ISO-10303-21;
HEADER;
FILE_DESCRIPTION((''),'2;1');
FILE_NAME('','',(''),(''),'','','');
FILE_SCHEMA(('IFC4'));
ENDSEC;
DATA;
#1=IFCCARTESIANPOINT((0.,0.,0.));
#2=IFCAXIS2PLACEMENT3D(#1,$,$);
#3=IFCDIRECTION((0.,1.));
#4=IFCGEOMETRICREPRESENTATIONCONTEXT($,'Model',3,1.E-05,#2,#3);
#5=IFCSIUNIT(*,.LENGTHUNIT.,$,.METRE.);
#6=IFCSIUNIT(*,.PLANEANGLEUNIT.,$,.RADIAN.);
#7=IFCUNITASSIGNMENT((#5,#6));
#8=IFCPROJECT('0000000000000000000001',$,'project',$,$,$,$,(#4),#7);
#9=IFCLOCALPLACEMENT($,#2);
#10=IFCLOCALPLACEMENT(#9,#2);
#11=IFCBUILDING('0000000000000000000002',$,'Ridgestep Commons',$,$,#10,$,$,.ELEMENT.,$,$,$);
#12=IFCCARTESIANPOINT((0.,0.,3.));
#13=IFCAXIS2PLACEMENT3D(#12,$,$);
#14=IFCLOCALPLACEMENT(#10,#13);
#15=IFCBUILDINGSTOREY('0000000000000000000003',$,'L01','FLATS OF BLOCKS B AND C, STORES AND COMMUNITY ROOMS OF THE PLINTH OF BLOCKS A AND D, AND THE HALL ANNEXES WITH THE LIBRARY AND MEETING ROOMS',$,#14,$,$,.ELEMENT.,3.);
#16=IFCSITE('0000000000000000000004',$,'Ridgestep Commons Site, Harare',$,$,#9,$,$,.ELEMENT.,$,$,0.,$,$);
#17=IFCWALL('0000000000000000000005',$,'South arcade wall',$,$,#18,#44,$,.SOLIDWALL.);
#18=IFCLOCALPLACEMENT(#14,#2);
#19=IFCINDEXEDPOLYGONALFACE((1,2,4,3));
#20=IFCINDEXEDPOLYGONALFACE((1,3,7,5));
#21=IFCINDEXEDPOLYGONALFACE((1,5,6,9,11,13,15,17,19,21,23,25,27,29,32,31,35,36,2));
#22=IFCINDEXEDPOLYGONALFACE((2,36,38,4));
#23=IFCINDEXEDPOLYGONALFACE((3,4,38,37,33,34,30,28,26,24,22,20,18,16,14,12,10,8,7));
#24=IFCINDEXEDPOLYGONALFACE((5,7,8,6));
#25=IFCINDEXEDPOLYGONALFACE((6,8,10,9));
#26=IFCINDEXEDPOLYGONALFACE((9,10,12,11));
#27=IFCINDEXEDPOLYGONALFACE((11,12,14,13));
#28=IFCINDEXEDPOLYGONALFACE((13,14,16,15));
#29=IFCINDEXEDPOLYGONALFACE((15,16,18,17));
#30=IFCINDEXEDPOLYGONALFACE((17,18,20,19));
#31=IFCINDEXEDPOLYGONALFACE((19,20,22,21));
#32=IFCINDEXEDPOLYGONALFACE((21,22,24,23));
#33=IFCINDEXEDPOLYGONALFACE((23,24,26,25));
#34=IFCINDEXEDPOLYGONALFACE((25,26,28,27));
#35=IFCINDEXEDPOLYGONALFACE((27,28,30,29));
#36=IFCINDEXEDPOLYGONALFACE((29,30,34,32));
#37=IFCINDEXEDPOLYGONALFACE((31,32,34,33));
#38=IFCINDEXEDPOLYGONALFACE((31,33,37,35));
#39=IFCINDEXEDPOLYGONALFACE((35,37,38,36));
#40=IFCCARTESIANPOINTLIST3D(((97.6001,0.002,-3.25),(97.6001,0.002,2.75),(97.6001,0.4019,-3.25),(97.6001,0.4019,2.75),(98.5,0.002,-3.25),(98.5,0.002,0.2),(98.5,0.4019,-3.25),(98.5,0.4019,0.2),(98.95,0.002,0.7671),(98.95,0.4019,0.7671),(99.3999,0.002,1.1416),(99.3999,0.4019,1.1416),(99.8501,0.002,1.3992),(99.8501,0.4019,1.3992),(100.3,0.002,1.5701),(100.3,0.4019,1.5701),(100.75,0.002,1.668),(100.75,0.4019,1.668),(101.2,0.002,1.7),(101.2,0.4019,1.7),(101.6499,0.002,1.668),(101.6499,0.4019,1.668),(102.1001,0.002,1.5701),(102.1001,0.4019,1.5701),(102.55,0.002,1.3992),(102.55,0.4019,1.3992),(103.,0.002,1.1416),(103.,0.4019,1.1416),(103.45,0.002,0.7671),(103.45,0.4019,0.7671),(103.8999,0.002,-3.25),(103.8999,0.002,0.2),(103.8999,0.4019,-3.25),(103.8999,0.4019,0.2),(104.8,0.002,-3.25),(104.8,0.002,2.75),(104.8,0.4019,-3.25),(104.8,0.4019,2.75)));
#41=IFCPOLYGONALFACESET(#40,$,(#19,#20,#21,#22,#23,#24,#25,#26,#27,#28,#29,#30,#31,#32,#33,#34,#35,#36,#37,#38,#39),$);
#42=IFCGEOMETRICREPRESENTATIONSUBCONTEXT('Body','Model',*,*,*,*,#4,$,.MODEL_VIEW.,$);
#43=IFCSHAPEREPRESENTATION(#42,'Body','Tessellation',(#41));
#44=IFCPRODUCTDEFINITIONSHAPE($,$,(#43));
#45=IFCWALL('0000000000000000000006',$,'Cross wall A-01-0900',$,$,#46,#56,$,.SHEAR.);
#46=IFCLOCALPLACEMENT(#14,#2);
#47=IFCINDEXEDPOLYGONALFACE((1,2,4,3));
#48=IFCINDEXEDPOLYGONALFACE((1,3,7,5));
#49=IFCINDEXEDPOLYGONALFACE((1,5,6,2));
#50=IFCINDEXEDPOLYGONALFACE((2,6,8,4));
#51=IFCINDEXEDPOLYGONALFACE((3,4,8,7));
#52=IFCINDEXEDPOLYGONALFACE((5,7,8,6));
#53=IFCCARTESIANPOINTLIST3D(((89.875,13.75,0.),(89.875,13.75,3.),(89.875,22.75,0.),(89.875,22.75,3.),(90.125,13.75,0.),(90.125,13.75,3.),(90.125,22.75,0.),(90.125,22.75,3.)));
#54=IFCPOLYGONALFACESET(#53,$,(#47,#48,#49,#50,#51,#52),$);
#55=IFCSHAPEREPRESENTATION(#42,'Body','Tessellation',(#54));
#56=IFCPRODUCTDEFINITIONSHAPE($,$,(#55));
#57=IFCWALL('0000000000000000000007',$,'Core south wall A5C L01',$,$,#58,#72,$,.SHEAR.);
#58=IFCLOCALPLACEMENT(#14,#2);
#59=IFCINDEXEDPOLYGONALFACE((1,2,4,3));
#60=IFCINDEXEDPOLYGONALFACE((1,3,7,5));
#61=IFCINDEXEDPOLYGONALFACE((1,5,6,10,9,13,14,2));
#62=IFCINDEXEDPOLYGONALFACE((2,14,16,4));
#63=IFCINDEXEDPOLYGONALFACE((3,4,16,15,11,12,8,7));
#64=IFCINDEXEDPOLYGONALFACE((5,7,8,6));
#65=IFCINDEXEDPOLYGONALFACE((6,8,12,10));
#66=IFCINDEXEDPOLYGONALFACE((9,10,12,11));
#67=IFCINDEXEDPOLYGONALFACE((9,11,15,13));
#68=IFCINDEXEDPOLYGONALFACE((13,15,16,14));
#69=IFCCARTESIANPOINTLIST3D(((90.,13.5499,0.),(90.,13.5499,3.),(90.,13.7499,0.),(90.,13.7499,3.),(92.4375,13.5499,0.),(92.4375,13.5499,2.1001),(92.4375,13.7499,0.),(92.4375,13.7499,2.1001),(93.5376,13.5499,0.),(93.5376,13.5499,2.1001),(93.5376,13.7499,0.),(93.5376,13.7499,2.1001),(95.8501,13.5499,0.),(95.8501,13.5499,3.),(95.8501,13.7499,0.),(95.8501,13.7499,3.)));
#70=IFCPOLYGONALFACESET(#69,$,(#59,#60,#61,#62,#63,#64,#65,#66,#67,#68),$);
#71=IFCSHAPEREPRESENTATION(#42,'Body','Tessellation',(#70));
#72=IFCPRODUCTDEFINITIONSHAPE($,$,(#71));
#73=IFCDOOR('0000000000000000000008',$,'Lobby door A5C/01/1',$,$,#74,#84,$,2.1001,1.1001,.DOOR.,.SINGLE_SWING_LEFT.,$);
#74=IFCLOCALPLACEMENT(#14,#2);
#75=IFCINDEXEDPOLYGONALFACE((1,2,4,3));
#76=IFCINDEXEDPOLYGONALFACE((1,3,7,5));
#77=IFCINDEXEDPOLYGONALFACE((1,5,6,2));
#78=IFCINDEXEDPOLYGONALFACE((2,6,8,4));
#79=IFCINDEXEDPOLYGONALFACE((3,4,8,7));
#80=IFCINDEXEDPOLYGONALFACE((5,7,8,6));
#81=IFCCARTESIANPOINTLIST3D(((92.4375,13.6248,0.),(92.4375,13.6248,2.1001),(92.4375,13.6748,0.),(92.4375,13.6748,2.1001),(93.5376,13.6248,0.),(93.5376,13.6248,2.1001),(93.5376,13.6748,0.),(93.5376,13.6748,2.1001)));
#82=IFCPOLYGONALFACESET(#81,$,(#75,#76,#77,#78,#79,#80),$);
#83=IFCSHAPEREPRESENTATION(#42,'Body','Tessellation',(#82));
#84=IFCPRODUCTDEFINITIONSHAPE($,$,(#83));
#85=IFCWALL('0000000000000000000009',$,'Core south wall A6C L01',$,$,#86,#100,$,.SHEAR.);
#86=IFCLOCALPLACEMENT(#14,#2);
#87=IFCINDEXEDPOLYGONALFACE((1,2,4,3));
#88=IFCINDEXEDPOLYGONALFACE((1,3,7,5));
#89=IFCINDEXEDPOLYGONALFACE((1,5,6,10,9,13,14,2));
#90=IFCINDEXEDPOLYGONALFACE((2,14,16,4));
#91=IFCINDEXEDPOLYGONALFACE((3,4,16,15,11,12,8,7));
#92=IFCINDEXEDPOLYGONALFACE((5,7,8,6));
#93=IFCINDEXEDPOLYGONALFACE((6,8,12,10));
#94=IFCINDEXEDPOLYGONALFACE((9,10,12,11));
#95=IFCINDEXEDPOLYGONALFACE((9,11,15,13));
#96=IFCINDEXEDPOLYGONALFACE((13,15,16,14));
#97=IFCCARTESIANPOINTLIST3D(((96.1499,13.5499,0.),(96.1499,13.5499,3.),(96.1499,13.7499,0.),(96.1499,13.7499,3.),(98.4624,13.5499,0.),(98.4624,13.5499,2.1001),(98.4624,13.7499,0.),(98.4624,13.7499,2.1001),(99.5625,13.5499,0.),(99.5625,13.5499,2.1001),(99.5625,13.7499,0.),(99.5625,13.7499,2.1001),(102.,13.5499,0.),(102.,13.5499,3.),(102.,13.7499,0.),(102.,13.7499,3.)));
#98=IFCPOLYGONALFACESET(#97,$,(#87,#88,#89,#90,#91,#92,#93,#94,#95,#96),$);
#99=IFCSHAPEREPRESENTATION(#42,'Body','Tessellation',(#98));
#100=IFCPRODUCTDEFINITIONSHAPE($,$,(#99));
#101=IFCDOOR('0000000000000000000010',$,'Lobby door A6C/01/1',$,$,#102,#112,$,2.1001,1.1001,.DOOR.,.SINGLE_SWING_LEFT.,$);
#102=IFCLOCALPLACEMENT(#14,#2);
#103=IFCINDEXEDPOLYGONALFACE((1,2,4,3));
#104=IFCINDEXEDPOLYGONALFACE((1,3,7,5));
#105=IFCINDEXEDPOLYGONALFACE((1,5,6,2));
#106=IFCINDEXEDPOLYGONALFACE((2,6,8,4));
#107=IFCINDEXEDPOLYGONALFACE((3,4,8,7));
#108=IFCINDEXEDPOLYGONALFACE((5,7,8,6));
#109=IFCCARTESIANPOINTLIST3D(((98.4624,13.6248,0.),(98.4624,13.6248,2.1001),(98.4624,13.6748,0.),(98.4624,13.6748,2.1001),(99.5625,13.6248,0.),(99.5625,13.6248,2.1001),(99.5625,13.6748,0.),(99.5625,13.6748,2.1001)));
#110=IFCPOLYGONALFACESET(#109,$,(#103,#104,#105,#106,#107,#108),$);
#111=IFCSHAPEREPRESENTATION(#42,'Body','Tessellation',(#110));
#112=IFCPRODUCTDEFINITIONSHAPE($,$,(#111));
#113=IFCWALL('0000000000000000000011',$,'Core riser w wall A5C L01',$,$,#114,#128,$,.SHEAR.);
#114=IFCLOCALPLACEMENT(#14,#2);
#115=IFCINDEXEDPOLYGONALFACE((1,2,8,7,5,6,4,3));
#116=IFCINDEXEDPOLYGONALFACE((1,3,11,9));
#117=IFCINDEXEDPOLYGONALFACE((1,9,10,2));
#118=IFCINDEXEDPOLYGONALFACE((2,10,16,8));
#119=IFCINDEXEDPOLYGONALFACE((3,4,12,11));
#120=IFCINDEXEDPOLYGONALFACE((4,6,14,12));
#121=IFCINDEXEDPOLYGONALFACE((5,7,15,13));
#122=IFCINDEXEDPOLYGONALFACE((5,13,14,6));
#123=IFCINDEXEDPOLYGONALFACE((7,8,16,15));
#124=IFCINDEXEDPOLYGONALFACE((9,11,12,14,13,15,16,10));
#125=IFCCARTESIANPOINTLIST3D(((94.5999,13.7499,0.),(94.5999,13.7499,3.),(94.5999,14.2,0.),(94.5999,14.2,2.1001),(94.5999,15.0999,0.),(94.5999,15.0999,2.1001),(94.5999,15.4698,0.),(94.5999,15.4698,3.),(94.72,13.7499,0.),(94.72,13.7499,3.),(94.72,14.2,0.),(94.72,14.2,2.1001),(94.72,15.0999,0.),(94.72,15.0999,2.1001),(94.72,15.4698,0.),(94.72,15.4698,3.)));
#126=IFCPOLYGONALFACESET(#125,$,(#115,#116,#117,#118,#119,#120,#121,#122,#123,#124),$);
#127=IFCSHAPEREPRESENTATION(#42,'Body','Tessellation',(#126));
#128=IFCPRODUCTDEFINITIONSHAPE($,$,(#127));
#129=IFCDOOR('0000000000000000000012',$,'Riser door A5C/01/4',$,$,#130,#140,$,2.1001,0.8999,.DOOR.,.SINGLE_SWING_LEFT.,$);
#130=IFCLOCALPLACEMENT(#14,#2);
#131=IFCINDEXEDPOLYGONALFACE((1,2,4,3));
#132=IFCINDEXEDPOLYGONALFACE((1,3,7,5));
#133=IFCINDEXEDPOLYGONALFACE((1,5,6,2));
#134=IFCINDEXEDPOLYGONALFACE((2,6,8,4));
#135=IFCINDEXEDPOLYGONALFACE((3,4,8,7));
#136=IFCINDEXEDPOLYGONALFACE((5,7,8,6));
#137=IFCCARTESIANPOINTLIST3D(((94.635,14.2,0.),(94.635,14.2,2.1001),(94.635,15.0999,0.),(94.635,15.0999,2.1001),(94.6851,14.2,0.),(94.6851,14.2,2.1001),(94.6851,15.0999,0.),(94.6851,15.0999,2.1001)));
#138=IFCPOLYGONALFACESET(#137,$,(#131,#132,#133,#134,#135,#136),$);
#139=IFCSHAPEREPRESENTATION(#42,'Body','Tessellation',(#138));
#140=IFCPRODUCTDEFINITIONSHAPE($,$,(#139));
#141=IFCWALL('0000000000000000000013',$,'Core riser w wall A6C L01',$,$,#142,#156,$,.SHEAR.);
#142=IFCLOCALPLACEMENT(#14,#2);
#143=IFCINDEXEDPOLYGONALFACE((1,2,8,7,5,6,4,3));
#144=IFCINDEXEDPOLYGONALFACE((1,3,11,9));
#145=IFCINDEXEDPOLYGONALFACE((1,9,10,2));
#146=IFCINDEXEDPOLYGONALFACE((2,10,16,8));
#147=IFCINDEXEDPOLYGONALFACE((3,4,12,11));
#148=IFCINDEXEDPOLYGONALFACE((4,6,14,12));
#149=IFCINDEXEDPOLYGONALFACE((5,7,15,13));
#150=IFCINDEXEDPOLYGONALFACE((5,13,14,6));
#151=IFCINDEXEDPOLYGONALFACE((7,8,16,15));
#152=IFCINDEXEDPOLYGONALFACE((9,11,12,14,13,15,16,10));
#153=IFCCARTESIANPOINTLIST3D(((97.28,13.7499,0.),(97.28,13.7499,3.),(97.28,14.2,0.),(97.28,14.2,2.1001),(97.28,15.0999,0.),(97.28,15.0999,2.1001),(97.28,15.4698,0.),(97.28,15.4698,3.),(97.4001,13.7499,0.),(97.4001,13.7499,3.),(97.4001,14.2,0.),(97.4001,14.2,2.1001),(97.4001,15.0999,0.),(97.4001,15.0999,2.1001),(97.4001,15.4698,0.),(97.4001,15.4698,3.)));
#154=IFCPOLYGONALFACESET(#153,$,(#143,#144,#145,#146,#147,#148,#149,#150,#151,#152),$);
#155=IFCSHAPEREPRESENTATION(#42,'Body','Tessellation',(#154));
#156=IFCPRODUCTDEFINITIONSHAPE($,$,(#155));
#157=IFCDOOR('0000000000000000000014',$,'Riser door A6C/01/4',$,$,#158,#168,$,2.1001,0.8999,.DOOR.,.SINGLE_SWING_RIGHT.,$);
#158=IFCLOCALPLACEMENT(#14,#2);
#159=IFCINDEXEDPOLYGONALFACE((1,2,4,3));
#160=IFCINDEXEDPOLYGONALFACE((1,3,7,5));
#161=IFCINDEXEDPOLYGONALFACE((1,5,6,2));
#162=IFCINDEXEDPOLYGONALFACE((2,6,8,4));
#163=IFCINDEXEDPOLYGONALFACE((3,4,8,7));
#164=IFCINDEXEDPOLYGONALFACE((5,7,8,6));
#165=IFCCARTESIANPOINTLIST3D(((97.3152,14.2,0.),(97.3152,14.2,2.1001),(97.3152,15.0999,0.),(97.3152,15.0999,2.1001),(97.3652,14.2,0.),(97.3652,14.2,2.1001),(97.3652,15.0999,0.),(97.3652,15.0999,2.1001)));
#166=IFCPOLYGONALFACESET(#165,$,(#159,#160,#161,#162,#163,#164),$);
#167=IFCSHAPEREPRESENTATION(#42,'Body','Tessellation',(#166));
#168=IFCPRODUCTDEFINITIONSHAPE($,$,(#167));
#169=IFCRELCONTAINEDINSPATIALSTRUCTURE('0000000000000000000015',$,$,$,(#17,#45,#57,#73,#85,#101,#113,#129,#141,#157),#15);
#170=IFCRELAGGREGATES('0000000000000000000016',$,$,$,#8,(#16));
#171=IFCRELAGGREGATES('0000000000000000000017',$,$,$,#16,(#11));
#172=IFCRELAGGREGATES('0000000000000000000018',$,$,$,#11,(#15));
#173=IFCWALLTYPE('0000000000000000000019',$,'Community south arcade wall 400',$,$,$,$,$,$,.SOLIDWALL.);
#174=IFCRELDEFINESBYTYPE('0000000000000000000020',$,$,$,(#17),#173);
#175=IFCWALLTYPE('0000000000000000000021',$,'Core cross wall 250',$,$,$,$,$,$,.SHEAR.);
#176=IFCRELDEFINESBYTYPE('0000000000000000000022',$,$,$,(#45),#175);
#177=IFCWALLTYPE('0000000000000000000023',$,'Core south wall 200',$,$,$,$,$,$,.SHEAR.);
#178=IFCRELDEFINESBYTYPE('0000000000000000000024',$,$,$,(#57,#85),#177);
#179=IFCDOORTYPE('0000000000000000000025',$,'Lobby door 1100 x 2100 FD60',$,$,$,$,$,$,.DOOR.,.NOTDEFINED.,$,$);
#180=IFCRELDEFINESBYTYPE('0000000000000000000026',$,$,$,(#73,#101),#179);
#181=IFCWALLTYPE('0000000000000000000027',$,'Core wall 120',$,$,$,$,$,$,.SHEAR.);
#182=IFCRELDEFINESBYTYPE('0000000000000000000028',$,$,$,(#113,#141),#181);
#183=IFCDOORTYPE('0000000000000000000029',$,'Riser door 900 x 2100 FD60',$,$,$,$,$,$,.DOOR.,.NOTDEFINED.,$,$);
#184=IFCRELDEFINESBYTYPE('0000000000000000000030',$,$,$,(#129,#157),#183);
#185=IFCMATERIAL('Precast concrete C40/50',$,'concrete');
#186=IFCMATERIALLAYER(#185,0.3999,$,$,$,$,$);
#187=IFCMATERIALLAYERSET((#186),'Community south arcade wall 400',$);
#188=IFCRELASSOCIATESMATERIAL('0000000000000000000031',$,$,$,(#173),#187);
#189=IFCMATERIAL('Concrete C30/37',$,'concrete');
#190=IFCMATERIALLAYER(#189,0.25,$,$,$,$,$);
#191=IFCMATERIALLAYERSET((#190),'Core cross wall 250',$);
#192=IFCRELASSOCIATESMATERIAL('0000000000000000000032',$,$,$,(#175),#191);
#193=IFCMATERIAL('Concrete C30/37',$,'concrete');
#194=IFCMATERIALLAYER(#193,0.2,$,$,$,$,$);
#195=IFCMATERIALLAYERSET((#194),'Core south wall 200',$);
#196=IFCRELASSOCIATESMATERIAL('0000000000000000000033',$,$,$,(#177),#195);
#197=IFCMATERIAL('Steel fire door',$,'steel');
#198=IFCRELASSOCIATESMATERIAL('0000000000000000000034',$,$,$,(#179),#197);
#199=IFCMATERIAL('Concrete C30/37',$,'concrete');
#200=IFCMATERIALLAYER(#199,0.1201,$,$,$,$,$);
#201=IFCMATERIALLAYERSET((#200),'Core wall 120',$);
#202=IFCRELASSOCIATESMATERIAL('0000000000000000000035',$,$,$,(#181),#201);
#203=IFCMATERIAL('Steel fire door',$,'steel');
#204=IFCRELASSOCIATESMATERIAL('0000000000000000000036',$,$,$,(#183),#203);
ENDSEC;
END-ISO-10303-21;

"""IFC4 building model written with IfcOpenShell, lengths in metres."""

from ifc_helpers import new_model, si_unit, direction, frame, frame_2d, origin, place, context, subcontext, project, spatial, polyline, rectangle, outline, extrude, material, layer, layer_set, type_object, element, fill, save


model = new_model("IFC4")

# Units and contexts
model_context = context("Model", 3, precision=1e-05, world=origin(), true_north=direction((0.0, 1.0)))
body_context = subcontext(model_context, "Body", "Model", "MODEL_VIEW")
ifc_project = project(units=[si_unit("LENGTHUNIT", "METRE"), si_unit("PLANEANGLEUNIT", "RADIAN")], contexts=[model_context])

# Site, building, storey
site_placement = place(None, origin())
site = spatial("IfcSite", under=ifc_project, at=site_placement, Name="Ridgestep Commons Site, Harare", CompositionType="ELEMENT", RefElevation=0.0)
building_placement = place(site_placement, origin())
building = spatial("IfcBuilding", under=site, at=building_placement, Name="Ridgestep Commons", CompositionType="ELEMENT")
storey_placement = place(building_placement, frame((0.0, 0.0, 3.0)))
storey = spatial("IfcBuildingStorey", under=building, at=storey_placement, Name="L01", Description="FLATS OF BLOCKS B AND C, STORES AND COMMUNITY ROOMS OF THE PLINTH OF BLOCKS A AND D, AND THE HALL ANNEXES WITH THE LIBRARY AND MEETING ROOMS", CompositionType="ELEMENT", Elevation=3.0)

# Walls
ifc_material_1 = material(Name="Precast concrete C40/50", Category="concrete")
ifc_layer_1 = layer(ifc_material_1, 0.3999)
ifc_layer_set_1 = layer_set([ifc_layer_1], Name="Community south arcade wall 400")
wall_type_1 = type_object("IfcWallType", Name="Community south arcade wall 400", PredefinedType="SOLIDWALL", material=ifc_layer_set_1)
wall_1_placement = place(storey_placement, frame((97.6001, 0.002, -3.25), z_axis=(0.0, -1.0, 0.0), x_axis=(1.0, 0.0, 0.0)))
element("IfcWall", 1, at=wall_1_placement, inside=storey, type_object=wall_type_1, Name="South arcade wall", PredefinedType="SOLIDWALL", context=body_context, shape_type="SweptSolid", body=[
    extrude(outline(polyline([(0.0, 0.0), (0.8999, 0.0), (0.8999, 3.45), (1.3499, 4.0171), (1.7998, 4.3916), (2.25, 4.6492), (2.7, 4.8201), (3.1499, 4.918), (3.5999, 4.95), (4.0498, 4.918), (4.5, 4.8201), (4.95, 4.6492), (5.3999, 4.3916), (5.8499, 4.0171), (6.2998, 3.45), (6.2998, 0.0), (7.2, 0.0), (7.2, 6.0), (0.0, 6.0), (0.0, 0.0)])), origin(), (0.0, 0.0, -1.0), 0.3999),
])
ifc_material_2 = material(Name="Concrete C30/37", Category="concrete")
ifc_layer_2 = layer(ifc_material_2, 0.25)
ifc_layer_set_2 = layer_set([ifc_layer_2], Name="Core cross wall 250")
wall_type_2 = type_object("IfcWallType", Name="Core cross wall 250", PredefinedType="SHEAR", material=ifc_layer_set_2)
wall_2_placement = place(storey_placement, frame((90.0, 13.75, 0.0), z_axis=(0.0, 0.0, 1.0), x_axis=(0.0, 1.0, 0.0)))
element("IfcWall", 2, at=wall_2_placement, inside=storey, type_object=wall_type_2, Name="Cross wall A-01-0900", PredefinedType="SHEAR", context=body_context, shape_type="SweptSolid", body=[
    extrude(rectangle(XDim=9.0, YDim=0.25, at=frame_2d((4.5, 0.0))), origin(), (0.0, 0.0, 1.0), 3.0),
])

# Walls, openings, doors
ifc_material_3 = material(Name="Concrete C30/37", Category="concrete")
ifc_layer_3 = layer(ifc_material_3, 0.2)
ifc_layer_set_3 = layer_set([ifc_layer_3], Name="Core south wall 200")
wall_type_3 = type_object("IfcWallType", Name="Core south wall 200", PredefinedType="SHEAR", material=ifc_layer_set_3)
wall_3_placement = place(storey_placement, frame((90.0, 13.6499, 0.0), z_axis=(0.0, 0.0, 1.0), x_axis=(1.0, 0.0, 0.0)))
wall_3 = element("IfcWall", 3, at=wall_3_placement, inside=storey, type_object=wall_type_3, Name="Core south wall A5C L01", PredefinedType="SHEAR", context=body_context, shape_type="SweptSolid", body=[
    extrude(rectangle(XDim=5.8501, YDim=0.2, at=frame_2d((2.925, 0.0))), origin(), (0.0, 0.0, 1.0), 3.0),
])
opening_1_placement = place(wall_3_placement, frame((2.4375, 0.0, 0.0)))
opening_1 = element("IfcOpeningElement", 4, at=opening_1_placement, cuts=wall_3, PredefinedType="OPENING", context=body_context, shape_type="SweptSolid", body=[
    extrude(rectangle(XDim=1.1001, YDim=2.1001, at=frame_2d((0.55, 1.05))), frame((0.0, 0.1099, 0.0), z_axis=(0.0, -1.0, 0.0), x_axis=(1.0, 0.0, 0.0)), (0.0, 0.0, 1.0), 0.22),
])
ifc_material_4 = material(Name="Steel fire door", Category="steel")
door_type_1 = type_object("IfcDoorType", Name="Lobby door 1100 x 2100 FD60", OperationType="NOTDEFINED", PredefinedType="DOOR", material=ifc_material_4)
door_1_placement = place(opening_1_placement, origin())
door_1 = element("IfcDoor", 5, at=door_1_placement, inside=storey, type_object=door_type_1, Name="Lobby door A5C/01/1", OperationType="SINGLE_SWING_LEFT", OverallHeight=2.1001, OverallWidth=1.1001, PredefinedType="DOOR", context=body_context, shape_type="SweptSolid", body=[
    extrude(rectangle(XDim=1.1001, YDim=2.1001, at=frame_2d((0.55, 1.05))), frame((0.0, 0.0249, 0.0), z_axis=(0.0, -1.0, 0.0), x_axis=(1.0, 0.0, 0.0)), (0.0, 0.0, 1.0), 0.05),
])
fill(opening_1, door_1)
wall_4_placement = place(storey_placement, frame((96.1499, 13.6499, 0.0), z_axis=(0.0, 0.0, 1.0), x_axis=(1.0, 0.0, 0.0)))
wall_4 = element("IfcWall", 6, at=wall_4_placement, inside=storey, type_object=wall_type_3, Name="Core south wall A6C L01", PredefinedType="SHEAR", context=body_context, shape_type="SweptSolid", body=[
    extrude(rectangle(XDim=5.8501, YDim=0.2, at=frame_2d((2.925, 0.0))), origin(), (0.0, 0.0, 1.0), 3.0),
])
opening_2_placement = place(wall_4_placement, frame((2.3125, 0.0, 0.0)))
opening_2 = element("IfcOpeningElement", 7, at=opening_2_placement, cuts=wall_4, PredefinedType="OPENING", context=body_context, shape_type="SweptSolid", body=[
    extrude(rectangle(XDim=1.1001, YDim=2.1001, at=frame_2d((0.55, 1.05))), frame((0.0, 0.1099, 0.0), z_axis=(0.0, -1.0, 0.0), x_axis=(1.0, 0.0, 0.0)), (0.0, 0.0, 1.0), 0.22),
])
door_2_placement = place(opening_2_placement, origin())
door_2 = element("IfcDoor", 8, at=door_2_placement, inside=storey, type_object=door_type_1, Name="Lobby door A6C/01/1", OperationType="SINGLE_SWING_LEFT", OverallHeight=2.1001, OverallWidth=1.1001, PredefinedType="DOOR", context=body_context, shape_type="SweptSolid", body=[
    extrude(rectangle(XDim=1.1001, YDim=2.1001, at=frame_2d((0.55, 1.05))), frame((0.0, 0.0249, 0.0), z_axis=(0.0, -1.0, 0.0), x_axis=(1.0, 0.0, 0.0)), (0.0, 0.0, 1.0), 0.05),
])
fill(opening_2, door_2)
ifc_material_5 = material(Name="Concrete C30/37", Category="concrete")
ifc_layer_4 = layer(ifc_material_5, 0.1201)
ifc_layer_set_4 = layer_set([ifc_layer_4], Name="Core wall 120")
wall_type_4 = type_object("IfcWallType", Name="Core wall 120", PredefinedType="SHEAR", material=ifc_layer_set_4)
wall_5_placement = place(storey_placement, frame((94.6599, 13.75, 0.0), z_axis=(0.0, 0.0, 1.0), x_axis=(0.0, 1.0, 0.0)))
wall_5 = element("IfcWall", 9, at=wall_5_placement, inside=storey, type_object=wall_type_4, Name="Core riser w wall A5C L01", PredefinedType="SHEAR", context=body_context, shape_type="SweptSolid", body=[
    extrude(rectangle(XDim=1.72, YDim=0.1201, at=frame_2d((0.8599, 0.0))), origin(), (0.0, 0.0, 1.0), 3.0),
])
opening_3_placement = place(wall_5_placement, frame((0.45, 0.0, 0.0)))
opening_3 = element("IfcOpeningElement", 10, at=opening_3_placement, cuts=wall_5, PredefinedType="OPENING", context=body_context, shape_type="SweptSolid", body=[
    extrude(rectangle(XDim=0.8999, YDim=2.1001, at=frame_2d((0.45, 1.05))), frame((0.0, 0.0701, 0.0), z_axis=(0.0, -1.0, 0.0), x_axis=(1.0, 0.0, 0.0)), (0.0, 0.0, 1.0), 0.1401),
])
ifc_material_6 = material(Name="Steel fire door", Category="steel")
door_type_2 = type_object("IfcDoorType", Name="Riser door 900 x 2100 FD60", OperationType="NOTDEFINED", PredefinedType="DOOR", material=ifc_material_6)
door_3_placement = place(opening_3_placement, origin())
door_3 = element("IfcDoor", 11, at=door_3_placement, inside=storey, type_object=door_type_2, Name="Riser door A5C/01/4", OperationType="SINGLE_SWING_LEFT", OverallHeight=2.1001, OverallWidth=0.8999, PredefinedType="DOOR", context=body_context, shape_type="SweptSolid", body=[
    extrude(rectangle(XDim=0.8999, YDim=2.1001, at=frame_2d((0.45, 1.05))), frame((0.0, 0.0249, 0.0), z_axis=(0.0, -1.0, 0.0), x_axis=(1.0, 0.0, 0.0)), (0.0, 0.0, 1.0), 0.05),
])
fill(opening_3, door_3)
wall_6_placement = place(storey_placement, frame((97.3401, 13.75, 0.0), z_axis=(0.0, 0.0, 1.0), x_axis=(0.0, 1.0, 0.0)))
wall_6 = element("IfcWall", 12, at=wall_6_placement, inside=storey, type_object=wall_type_4, Name="Core riser w wall A6C L01", PredefinedType="SHEAR", context=body_context, shape_type="SweptSolid", body=[
    extrude(rectangle(XDim=1.72, YDim=0.1201, at=frame_2d((0.8599, 0.0))), origin(), (0.0, 0.0, 1.0), 3.0),
])
opening_4_placement = place(wall_6_placement, frame((0.45, 0.0, 0.0)))
opening_4 = element("IfcOpeningElement", 13, at=opening_4_placement, cuts=wall_6, PredefinedType="OPENING", context=body_context, shape_type="SweptSolid", body=[
    extrude(rectangle(XDim=0.8999, YDim=2.1001, at=frame_2d((0.45, 1.05))), frame((0.0, 0.0701, 0.0), z_axis=(0.0, -1.0, 0.0), x_axis=(1.0, 0.0, 0.0)), (0.0, 0.0, 1.0), 0.1401),
])
door_4_placement = place(opening_4_placement, origin())
door_4 = element("IfcDoor", 14, at=door_4_placement, inside=storey, type_object=door_type_2, Name="Riser door A6C/01/4", OperationType="SINGLE_SWING_RIGHT", OverallHeight=2.1001, OverallWidth=0.8999, PredefinedType="DOOR", context=body_context, shape_type="SweptSolid", body=[
    extrude(rectangle(XDim=0.8999, YDim=2.1001, at=frame_2d((0.45, 1.05))), frame((0.0, 0.0249, 0.0), z_axis=(0.0, -1.0, 0.0), x_axis=(1.0, 0.0, 0.0)), (0.0, 0.0, 1.0), 0.05),
])
fill(opening_4, door_4)

save(model, "model.ifc")
